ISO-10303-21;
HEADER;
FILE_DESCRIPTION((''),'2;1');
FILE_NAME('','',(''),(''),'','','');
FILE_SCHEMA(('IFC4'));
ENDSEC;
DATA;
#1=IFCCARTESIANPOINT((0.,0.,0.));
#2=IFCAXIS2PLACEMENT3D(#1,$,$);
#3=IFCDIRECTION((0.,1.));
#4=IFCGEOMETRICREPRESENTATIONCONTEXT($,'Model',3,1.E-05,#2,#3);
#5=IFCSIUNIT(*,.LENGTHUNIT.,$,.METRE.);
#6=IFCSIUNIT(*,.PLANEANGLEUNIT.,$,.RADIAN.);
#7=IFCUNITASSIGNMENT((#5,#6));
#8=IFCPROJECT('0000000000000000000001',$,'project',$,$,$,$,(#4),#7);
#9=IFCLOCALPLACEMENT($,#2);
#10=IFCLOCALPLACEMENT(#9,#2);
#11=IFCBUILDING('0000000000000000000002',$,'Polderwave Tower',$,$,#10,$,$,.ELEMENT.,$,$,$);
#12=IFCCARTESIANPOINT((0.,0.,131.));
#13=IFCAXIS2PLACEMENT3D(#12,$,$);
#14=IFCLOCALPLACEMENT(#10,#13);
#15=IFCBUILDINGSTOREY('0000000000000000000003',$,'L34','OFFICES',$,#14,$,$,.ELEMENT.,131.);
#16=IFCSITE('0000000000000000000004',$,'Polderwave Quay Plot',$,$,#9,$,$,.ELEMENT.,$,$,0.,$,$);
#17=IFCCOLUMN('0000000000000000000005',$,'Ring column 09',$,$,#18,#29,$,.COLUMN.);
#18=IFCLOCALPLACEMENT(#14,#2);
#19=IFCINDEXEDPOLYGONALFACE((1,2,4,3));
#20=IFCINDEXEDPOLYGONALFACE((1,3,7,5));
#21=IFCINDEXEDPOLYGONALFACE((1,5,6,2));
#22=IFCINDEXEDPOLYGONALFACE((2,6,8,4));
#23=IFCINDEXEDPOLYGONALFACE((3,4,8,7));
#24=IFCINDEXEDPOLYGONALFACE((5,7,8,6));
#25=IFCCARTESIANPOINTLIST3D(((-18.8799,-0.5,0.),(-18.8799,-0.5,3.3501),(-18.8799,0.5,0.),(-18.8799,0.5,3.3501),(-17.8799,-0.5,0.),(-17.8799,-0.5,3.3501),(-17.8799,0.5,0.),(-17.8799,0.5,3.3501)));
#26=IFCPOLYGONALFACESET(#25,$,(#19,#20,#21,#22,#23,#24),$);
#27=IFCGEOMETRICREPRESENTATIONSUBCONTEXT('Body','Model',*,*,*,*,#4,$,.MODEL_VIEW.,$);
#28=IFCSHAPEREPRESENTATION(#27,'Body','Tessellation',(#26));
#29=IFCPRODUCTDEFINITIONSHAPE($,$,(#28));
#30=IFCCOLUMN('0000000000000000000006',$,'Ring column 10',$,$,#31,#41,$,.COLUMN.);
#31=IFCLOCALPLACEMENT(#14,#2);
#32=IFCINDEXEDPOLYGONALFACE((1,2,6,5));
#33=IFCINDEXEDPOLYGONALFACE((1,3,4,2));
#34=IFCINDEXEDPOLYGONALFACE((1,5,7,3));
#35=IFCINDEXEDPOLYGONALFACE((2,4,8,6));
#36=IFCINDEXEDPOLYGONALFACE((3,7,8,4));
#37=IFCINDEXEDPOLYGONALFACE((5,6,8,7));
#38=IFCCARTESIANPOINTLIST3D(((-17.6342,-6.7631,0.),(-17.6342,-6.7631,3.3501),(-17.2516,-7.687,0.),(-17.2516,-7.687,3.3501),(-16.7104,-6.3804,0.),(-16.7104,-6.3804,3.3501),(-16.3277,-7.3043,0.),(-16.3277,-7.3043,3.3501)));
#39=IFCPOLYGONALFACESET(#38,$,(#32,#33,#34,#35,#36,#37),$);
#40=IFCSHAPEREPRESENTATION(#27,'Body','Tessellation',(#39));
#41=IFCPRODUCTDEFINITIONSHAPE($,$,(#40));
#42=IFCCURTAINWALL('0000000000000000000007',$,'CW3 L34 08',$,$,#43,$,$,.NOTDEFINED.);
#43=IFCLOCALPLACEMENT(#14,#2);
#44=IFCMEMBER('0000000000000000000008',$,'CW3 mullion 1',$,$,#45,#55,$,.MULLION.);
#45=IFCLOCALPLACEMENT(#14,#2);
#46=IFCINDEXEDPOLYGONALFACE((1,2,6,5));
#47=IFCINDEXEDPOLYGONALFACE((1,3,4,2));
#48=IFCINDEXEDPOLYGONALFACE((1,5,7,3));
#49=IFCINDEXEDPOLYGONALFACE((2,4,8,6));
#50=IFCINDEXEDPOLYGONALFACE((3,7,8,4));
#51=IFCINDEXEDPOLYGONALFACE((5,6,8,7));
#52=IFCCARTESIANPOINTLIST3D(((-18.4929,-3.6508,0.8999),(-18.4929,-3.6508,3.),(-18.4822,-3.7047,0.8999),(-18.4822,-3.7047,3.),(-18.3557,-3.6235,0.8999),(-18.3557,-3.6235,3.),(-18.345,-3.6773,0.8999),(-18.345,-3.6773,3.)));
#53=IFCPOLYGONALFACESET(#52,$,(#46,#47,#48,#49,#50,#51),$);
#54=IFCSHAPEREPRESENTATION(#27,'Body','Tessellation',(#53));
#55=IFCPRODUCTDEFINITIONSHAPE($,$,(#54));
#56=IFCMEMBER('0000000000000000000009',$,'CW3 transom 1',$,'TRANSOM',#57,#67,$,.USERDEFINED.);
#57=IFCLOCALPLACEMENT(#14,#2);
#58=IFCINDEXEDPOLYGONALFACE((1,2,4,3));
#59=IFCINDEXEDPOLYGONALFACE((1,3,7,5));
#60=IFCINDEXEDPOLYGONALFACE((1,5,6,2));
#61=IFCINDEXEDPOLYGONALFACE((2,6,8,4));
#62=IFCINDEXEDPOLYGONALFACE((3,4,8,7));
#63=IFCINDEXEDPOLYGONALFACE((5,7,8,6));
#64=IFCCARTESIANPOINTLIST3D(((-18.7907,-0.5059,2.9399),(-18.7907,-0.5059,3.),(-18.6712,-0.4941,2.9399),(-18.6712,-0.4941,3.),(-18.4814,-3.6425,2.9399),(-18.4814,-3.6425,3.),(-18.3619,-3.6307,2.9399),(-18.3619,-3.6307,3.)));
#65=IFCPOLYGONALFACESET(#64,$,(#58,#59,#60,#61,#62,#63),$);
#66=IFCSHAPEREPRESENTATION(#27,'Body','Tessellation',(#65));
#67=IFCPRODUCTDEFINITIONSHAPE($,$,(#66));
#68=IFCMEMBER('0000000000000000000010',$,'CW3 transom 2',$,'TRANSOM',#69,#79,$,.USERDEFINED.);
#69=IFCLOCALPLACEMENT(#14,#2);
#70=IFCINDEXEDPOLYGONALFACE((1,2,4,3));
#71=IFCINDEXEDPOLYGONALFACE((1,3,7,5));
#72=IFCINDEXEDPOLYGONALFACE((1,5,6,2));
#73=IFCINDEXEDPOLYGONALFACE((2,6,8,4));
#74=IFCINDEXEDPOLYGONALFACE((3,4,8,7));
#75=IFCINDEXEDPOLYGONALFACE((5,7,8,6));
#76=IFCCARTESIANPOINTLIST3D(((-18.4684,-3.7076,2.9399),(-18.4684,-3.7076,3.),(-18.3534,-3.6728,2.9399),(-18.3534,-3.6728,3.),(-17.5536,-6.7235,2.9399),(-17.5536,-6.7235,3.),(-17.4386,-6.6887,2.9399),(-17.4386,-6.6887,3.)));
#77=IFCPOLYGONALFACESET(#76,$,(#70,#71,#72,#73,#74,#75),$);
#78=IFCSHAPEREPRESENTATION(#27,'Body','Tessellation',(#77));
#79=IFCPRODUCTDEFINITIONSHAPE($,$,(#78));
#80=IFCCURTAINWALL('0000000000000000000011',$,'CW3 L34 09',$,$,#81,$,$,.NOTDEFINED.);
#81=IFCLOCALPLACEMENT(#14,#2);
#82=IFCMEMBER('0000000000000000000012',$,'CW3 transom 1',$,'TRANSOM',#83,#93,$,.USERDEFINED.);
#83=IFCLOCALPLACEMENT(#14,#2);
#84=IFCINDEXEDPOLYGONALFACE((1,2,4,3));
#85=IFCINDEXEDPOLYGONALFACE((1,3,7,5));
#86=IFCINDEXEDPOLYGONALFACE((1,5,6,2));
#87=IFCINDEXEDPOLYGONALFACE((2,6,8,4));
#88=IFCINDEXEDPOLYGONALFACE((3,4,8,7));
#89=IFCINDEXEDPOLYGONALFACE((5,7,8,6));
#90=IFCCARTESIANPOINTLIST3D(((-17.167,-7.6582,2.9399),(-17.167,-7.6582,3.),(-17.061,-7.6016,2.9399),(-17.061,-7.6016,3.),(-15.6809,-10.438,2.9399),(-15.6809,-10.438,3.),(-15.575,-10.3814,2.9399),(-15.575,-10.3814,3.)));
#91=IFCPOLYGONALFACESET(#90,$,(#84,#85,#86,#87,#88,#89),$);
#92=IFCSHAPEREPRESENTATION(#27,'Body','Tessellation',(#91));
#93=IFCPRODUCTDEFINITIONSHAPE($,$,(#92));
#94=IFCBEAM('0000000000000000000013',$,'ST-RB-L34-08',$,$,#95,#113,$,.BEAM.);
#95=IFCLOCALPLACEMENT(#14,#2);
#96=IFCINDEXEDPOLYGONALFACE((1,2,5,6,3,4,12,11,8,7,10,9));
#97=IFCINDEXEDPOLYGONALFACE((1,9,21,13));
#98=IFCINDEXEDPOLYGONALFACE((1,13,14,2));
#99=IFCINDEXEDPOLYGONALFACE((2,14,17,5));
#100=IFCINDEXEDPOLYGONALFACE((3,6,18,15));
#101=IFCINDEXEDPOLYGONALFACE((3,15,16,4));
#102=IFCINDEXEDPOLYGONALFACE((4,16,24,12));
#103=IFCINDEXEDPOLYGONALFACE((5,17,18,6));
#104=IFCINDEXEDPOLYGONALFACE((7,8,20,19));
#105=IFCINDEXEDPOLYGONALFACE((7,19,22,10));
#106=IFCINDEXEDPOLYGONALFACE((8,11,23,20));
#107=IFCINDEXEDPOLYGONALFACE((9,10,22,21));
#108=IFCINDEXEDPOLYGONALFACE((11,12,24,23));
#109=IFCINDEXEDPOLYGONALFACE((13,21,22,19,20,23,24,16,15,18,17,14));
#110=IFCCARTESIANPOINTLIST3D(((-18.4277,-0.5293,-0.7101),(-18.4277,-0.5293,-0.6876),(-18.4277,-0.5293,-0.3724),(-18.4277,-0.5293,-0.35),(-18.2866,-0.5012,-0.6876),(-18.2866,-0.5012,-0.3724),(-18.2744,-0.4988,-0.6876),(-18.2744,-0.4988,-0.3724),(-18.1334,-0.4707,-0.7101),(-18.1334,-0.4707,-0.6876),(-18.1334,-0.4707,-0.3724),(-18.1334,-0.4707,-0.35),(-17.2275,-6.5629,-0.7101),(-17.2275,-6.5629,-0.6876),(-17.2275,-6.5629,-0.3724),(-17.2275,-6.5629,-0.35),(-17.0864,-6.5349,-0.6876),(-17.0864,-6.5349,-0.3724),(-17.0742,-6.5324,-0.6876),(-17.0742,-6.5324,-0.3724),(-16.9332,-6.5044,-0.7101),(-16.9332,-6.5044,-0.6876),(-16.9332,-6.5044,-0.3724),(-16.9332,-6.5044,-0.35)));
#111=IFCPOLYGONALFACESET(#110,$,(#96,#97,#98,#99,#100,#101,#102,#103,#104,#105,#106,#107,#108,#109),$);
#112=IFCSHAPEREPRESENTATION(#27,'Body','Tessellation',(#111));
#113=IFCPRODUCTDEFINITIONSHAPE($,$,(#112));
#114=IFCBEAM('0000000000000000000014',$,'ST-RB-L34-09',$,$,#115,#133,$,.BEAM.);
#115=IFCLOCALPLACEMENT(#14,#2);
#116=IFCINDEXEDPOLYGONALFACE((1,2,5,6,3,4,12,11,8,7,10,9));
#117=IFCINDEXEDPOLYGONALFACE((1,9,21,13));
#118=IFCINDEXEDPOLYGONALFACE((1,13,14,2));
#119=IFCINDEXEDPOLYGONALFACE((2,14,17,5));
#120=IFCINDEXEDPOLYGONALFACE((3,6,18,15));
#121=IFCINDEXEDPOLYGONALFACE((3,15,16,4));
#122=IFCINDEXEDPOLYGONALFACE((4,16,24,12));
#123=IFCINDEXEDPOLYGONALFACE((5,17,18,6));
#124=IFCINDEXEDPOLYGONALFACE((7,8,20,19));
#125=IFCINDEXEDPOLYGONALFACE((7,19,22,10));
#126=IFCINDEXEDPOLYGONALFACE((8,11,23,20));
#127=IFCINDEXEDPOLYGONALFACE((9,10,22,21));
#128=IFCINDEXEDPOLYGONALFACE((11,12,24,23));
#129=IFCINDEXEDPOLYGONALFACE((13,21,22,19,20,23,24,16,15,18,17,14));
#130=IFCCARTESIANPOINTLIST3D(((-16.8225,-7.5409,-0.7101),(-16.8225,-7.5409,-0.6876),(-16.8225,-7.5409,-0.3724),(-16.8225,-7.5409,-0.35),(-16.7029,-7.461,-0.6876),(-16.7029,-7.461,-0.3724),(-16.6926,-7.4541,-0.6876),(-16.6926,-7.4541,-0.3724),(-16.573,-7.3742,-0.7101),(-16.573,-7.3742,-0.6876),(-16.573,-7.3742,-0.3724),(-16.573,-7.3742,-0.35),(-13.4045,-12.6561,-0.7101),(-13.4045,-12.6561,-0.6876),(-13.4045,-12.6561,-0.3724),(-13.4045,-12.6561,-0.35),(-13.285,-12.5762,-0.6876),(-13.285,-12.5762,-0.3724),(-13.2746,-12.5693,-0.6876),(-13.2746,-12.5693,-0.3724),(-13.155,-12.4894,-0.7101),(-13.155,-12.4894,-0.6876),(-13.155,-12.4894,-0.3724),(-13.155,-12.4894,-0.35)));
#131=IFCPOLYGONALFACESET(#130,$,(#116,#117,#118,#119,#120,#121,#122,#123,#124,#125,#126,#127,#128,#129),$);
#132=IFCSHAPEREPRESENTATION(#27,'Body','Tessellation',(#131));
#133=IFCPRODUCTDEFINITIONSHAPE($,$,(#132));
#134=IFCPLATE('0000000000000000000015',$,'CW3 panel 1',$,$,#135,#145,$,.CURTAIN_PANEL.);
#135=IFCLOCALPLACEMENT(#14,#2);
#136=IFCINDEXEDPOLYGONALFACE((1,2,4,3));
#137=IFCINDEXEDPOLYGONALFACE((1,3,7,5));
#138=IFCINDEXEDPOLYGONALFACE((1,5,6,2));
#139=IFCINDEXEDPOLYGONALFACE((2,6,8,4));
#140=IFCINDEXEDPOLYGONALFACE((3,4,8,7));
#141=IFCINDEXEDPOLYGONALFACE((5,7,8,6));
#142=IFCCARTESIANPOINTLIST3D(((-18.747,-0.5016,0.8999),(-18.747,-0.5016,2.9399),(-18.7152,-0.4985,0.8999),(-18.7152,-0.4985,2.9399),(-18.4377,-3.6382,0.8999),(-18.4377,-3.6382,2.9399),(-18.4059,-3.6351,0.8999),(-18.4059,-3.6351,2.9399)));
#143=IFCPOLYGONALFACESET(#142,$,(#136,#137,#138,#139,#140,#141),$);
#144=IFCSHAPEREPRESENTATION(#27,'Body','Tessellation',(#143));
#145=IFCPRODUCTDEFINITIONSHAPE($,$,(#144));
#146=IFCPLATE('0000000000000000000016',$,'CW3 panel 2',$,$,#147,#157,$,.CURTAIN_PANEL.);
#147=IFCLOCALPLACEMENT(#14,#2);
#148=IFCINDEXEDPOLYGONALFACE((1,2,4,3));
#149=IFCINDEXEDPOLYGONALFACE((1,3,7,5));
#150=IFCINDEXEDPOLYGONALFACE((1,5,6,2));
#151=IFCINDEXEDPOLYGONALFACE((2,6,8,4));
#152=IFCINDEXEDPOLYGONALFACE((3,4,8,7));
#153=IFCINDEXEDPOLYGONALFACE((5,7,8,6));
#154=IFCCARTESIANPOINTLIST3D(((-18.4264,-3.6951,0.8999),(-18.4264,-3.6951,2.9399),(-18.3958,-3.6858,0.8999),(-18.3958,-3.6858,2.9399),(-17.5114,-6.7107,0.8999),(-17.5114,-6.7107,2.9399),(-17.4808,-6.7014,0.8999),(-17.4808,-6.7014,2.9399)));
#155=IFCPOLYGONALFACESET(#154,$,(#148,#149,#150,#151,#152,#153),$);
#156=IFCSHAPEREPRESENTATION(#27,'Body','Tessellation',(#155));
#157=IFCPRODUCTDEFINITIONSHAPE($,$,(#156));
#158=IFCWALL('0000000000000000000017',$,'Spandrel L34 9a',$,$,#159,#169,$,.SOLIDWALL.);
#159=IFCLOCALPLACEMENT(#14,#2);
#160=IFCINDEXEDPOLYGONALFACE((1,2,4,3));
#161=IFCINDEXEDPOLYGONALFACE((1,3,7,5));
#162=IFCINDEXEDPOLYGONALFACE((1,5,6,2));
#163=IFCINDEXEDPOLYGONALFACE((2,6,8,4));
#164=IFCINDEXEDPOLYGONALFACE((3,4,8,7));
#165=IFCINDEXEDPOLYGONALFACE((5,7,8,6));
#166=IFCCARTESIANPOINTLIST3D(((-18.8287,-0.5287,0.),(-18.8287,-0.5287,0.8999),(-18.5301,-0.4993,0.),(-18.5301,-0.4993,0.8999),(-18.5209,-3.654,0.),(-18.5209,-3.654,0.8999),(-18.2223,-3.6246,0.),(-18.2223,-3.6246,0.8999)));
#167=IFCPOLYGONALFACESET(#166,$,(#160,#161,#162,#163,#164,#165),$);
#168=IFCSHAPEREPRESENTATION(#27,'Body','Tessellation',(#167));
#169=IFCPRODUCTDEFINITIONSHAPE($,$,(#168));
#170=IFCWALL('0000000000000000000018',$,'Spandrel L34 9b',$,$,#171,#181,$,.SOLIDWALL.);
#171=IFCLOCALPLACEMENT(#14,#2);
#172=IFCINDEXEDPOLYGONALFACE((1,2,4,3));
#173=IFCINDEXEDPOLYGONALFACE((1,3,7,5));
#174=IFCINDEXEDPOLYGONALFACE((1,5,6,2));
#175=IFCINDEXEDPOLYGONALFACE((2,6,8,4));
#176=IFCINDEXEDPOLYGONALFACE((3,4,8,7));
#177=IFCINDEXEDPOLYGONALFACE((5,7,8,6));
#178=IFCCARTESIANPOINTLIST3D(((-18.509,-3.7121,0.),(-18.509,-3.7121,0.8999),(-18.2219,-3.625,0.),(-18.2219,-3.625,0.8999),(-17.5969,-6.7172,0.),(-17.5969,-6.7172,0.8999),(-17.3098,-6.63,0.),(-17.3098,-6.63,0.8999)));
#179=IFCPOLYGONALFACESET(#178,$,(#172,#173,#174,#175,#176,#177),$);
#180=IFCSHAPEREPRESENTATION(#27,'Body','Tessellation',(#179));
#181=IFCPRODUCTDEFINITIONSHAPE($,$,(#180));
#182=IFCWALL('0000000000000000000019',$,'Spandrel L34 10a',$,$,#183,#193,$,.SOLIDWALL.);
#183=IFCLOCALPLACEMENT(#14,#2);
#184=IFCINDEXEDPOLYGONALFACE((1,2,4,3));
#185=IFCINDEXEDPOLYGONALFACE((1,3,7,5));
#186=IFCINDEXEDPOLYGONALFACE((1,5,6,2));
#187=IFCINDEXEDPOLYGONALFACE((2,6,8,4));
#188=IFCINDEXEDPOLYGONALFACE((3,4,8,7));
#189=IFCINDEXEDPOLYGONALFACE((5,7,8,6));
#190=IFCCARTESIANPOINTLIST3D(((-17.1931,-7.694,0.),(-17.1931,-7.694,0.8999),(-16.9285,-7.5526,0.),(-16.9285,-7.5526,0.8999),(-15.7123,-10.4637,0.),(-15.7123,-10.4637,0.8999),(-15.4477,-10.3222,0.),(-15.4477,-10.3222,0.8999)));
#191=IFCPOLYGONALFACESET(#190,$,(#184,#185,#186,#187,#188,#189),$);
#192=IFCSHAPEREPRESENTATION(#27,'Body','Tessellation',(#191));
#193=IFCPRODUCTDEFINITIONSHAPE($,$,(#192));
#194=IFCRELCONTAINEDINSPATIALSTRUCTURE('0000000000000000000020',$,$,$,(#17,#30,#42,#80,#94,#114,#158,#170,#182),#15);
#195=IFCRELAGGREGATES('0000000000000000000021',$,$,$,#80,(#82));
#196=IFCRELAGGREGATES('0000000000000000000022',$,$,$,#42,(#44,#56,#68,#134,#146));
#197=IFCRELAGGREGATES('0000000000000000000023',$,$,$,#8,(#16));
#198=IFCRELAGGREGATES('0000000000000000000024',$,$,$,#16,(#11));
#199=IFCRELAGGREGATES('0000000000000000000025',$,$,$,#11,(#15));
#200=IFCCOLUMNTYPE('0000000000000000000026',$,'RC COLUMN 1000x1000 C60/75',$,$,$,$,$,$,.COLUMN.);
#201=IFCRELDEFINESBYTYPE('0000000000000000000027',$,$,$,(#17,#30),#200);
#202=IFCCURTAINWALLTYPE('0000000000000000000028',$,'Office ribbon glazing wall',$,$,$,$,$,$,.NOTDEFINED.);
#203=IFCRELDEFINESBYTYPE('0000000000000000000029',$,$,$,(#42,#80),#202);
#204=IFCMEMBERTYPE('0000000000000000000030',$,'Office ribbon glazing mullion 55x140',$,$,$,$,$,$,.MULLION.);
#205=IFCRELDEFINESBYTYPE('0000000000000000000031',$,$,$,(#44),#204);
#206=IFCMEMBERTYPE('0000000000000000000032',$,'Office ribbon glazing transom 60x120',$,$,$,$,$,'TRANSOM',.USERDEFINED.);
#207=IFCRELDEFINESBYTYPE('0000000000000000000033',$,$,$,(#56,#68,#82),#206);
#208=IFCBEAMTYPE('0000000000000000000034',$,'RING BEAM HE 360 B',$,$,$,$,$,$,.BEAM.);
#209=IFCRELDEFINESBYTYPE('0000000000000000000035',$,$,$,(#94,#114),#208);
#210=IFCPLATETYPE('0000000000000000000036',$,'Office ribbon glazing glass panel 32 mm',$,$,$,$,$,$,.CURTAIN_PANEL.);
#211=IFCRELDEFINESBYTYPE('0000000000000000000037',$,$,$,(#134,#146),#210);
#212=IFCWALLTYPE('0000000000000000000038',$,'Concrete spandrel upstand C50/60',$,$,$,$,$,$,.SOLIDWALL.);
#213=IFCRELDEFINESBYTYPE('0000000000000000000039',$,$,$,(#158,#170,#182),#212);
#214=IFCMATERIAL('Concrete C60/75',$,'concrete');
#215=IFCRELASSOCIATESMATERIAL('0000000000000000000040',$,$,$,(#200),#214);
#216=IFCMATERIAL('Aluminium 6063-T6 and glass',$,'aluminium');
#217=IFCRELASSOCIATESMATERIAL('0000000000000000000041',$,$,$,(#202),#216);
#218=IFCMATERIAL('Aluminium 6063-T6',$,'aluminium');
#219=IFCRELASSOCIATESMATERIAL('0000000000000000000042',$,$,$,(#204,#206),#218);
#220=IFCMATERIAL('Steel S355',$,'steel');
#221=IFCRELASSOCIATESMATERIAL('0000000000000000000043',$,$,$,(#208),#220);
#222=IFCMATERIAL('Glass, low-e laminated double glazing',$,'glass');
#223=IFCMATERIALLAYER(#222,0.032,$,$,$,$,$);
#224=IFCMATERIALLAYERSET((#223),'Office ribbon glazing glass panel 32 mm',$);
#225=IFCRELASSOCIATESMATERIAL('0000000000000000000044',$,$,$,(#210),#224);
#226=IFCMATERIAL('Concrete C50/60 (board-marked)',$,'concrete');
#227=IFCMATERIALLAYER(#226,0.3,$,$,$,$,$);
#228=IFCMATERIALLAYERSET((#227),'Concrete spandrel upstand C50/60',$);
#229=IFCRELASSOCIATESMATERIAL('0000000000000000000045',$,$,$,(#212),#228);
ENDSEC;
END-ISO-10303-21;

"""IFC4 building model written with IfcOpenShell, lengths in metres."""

from ifc_helpers import new_model, si_unit, direction, frame, frame_2d, origin, origin_2d, place, context, subcontext, project, spatial, rectangle, i_section, extrude, material, layer, layer_set, material_profile, profile_set, type_object, element, aggregate, save


model = new_model("IFC4")

# Units and contexts
model_context = context("Model", 3, precision=1e-05, world=origin(), true_north=direction((0.0, 1.0)))
body_context = subcontext(model_context, "Body", "Model", "MODEL_VIEW")
ifc_project = project(units=[si_unit("LENGTHUNIT", "METRE"), si_unit("PLANEANGLEUNIT", "RADIAN")], contexts=[model_context])

# Site, building, storey
site_placement = place(None, origin())
site = spatial("IfcSite", under=ifc_project, at=site_placement, Name="Polderwave Quay Plot", CompositionType="ELEMENT", RefElevation=0.0)
building_placement = place(site_placement, origin())
building = spatial("IfcBuilding", under=site, at=building_placement, Name="Polderwave Tower", CompositionType="ELEMENT")
storey_placement = place(building_placement, frame((0.0, 0.0, 131.0)))
storey = spatial("IfcBuildingStorey", under=building, at=storey_placement, Name="L34", Description="OFFICES", CompositionType="ELEMENT", Elevation=131.0)

# Columns
ifc_material_1 = material(Name="Concrete C60/75", Category="concrete")
ifc_material_profile_1 = material_profile(ifc_material_1, rectangle(XDim=1.0, YDim=1.0, at=origin_2d()), Name="RC 1000x1000")
ifc_profile_set_1 = profile_set([ifc_material_profile_1], Name="Concrete C60/75")
column_type = type_object("IfcColumnType", Name="RC COLUMN 1000x1000 C60/75", PredefinedType="COLUMN", material=ifc_profile_set_1)
for number, where, z_axis, x_axis, name in (
    (1, (-18.3799, 0.0, 0.0), (0.0, 0.0, 1.0), (-1.0, 0.0, 0.0), "Ring column 09"),
    (2, (-16.981, -7.0337, 0.0), (0.0, 0.0, 1.0), (-0.92388, -0.382683, 0.0), "Ring column 10"),
):
    element("IfcColumn", number, at=place(storey_placement, frame(where, z_axis=z_axis, x_axis=x_axis)), inside=storey, type_object=column_type, Name=name, PredefinedType="COLUMN", context=body_context, shape_type="SweptSolid", body=[
        extrude(rectangle(XDim=1.0, YDim=1.0, at=origin_2d()), origin(), (0.0, 0.0, 1.0), 3.3501),
    ])

# Curtain wall, members
ifc_material_2 = material(Name="Aluminium 6063-T6 and glass", Category="aluminium")
curtain_wall_type = type_object("IfcCurtainWallType", Name="Office ribbon glazing wall", PredefinedType="NOTDEFINED", material=ifc_material_2)
curtain_wall_1_placement = place(storey_placement, origin())
curtain_wall_1 = element("IfcCurtainWall", 3, at=curtain_wall_1_placement, inside=storey, type_object=curtain_wall_type, Name="CW3 L34 08", PredefinedType="NOTDEFINED")
ifc_material_3 = material(Name="Aluminium 6063-T6", Category="aluminium")
ifc_material_profile_2 = material_profile(ifc_material_3, rectangle(XDim=0.1399, YDim=0.0549, at=origin_2d()), Name="AL 55x140")
ifc_profile_set_2 = profile_set([ifc_material_profile_2], Name="Aluminium 6063-T6")
member_type_1 = type_object("IfcMemberType", Name="Office ribbon glazing mullion 55x140", PredefinedType="MULLION", material=ifc_profile_set_2)
member_1_placement = place(storey_placement, frame((-18.4189, -3.6641, 0.8999), z_axis=(0.0, 0.0, 1.0), x_axis=(0.980768, 0.195179, 0.0)))
member_1 = element("IfcMember", 4, at=member_1_placement, type_object=member_type_1, Name="CW3 mullion 1", PredefinedType="MULLION", context=body_context, shape_type="SweptSolid", body=[
    extrude(rectangle(XDim=0.1399, YDim=0.0549, at=origin_2d()), origin(), (0.0, 0.0, 1.0), 2.1001),
])
ifc_material_profile_3 = material_profile(ifc_material_3, rectangle(XDim=0.1201, YDim=0.0601, at=origin_2d()), Name="AL 60x120")
ifc_profile_set_3 = profile_set([ifc_material_profile_3], Name="Aluminium 6063-T6")
member_type_2 = type_object("IfcMemberType", Name="Office ribbon glazing transom 60x120", ElementType="TRANSOM", PredefinedType="USERDEFINED", material=ifc_profile_set_3)
member_2_placement = place(storey_placement, frame((-18.731, -0.5, 2.97), z_axis=(0.098139, -0.995173, 0.0), x_axis=(0.995173, 0.098139, 0.0)))
member_2 = element("IfcMember", 5, at=member_2_placement, type_object=member_type_2, Name="CW3 transom 1", ObjectType="TRANSOM", PredefinedType="USERDEFINED", context=body_context, shape_type="SweptSolid", body=[
    extrude(rectangle(XDim=0.1201, YDim=0.0601, at=origin_2d()), origin(), (0.0, 0.0, 1.0), 3.1519),
])
member_3_placement = place(storey_placement, frame((-18.4109, -3.6902, 2.97), z_axis=(0.290268, -0.956946, 0.0), x_axis=(0.956946, 0.290268, 0.0)))
member_3 = element("IfcMember", 6, at=member_3_placement, type_object=member_type_2, Name="CW3 transom 2", ObjectType="TRANSOM", PredefinedType="USERDEFINED", context=body_context, shape_type="SweptSolid", body=[
    extrude(rectangle(XDim=0.1201, YDim=0.0601, at=origin_2d()), origin(), (0.0, 0.0, 1.0), 3.1516),
])

# Curtain wall, member
curtain_wall_2_placement = place(storey_placement, origin())
curtain_wall_2 = element("IfcCurtainWall", 7, at=curtain_wall_2_placement, inside=storey, type_object=curtain_wall_type, Name="CW3 L34 09", PredefinedType="NOTDEFINED")
member_4_placement = place(storey_placement, frame((-17.114, -7.6299, 2.97), z_axis=(0.47146, -0.881887, 0.0), x_axis=(0.881887, 0.47146, 0.0)))
member_4 = element("IfcMember", 8, at=member_4_placement, type_object=member_type_2, Name="CW3 transom 1", ObjectType="TRANSOM", PredefinedType="USERDEFINED", context=body_context, shape_type="SweptSolid", body=[
    extrude(rectangle(XDim=0.1201, YDim=0.0601, at=origin_2d()), origin(), (0.0, 0.0, 1.0), 3.1521),
])
aggregate(curtain_wall_2, [member_4])

# Beams
ifc_material_4 = material(Name="Steel S355", Category="steel")
ifc_material_profile_4 = material_profile(ifc_material_4, i_section(OverallWidth=0.3, OverallDepth=0.3601, WebThickness=0.0125, FlangeThickness=0.0225, at=origin_2d()), Name="HE 360 B")
ifc_profile_set_4 = profile_set([ifc_material_profile_4], Name="Steel S355")
beam_type = type_object("IfcBeamType", Name="RING BEAM HE 360 B", PredefinedType="BEAM", material=ifc_profile_set_4)
beam_1_placement = place(storey_placement, frame((-18.2805, -0.5, -0.53), z_axis=(0.195093, -0.980785, 0.0), x_axis=(0.980785, 0.195093, 0.0)))
element("IfcBeam", 9, at=beam_1_placement, inside=storey, type_object=beam_type, Name="ST-RB-L34-08", PredefinedType="BEAM", context=body_context, shape_type="SweptSolid", body=[
    extrude(i_section(OverallWidth=0.3, OverallDepth=0.3601, WebThickness=0.0125, FlangeThickness=0.0225, at=origin_2d()), origin(), (0.0, 0.0, 1.0), 6.1519),
])
beam_2_placement = place(storey_placement, frame((-16.6978, -7.4575, -0.53), z_axis=(0.555579, -0.831464, 0.0), x_axis=(0.831464, 0.555579, 0.0)))
element("IfcBeam", 10, at=beam_2_placement, inside=storey, type_object=beam_type, Name="ST-RB-L34-09", PredefinedType="BEAM", context=body_context, shape_type="SweptSolid", body=[
    extrude(i_section(OverallWidth=0.3, OverallDepth=0.3601, WebThickness=0.0125, FlangeThickness=0.0225, at=origin_2d()), origin(), (0.0, 0.0, 1.0), 6.1521),
])

# Plates
ifc_material_5 = material(Name="Glass, low-e laminated double glazing", Category="glass")
ifc_layer_1 = layer(ifc_material_5, 0.032)
ifc_layer_set_1 = layer_set([ifc_layer_1], Name="Office ribbon glazing glass panel 32 mm")
plate_type = type_object("IfcPlateType", Name="Office ribbon glazing glass panel 32 mm", PredefinedType="CURTAIN_PANEL", material=ifc_layer_set_1)
plate_1_placement = place(storey_placement, frame((-18.5764, -2.0684, 0.8999), z_axis=(0.0, 0.0, 1.0), x_axis=(0.098134, -0.995173, 0.0)))
plate_1 = element("IfcPlate", 11, at=plate_1_placement, type_object=plate_type, Name="CW3 panel 1", PredefinedType="CURTAIN_PANEL", context=body_context, shape_type="SweptSolid", body=[
    extrude(rectangle(XDim=3.1519, YDim=0.032, at=origin_2d()), origin(), (0.0, 0.0, 1.0), 2.04),
])
plate_2_placement = place(storey_placement, frame((-17.9536, -5.1982, 0.8999), z_axis=(0.0, 0.0, 1.0), x_axis=(0.290348, -0.956921, 0.0)))
plate_2 = element("IfcPlate", 12, at=plate_2_placement, type_object=plate_type, Name="CW3 panel 2", PredefinedType="CURTAIN_PANEL", context=body_context, shape_type="SweptSolid", body=[
    extrude(rectangle(XDim=3.1514, YDim=0.032, at=origin_2d()), origin(), (0.0, 0.0, 1.0), 2.04),
])
aggregate(curtain_wall_1, [member_1, member_2, member_3, plate_1, plate_2])

# Walls
ifc_material_6 = material(Name="Concrete C50/60 (board-marked)", Category="concrete")
ifc_layer_2 = layer(ifc_material_6, 0.3)
ifc_layer_set_2 = layer_set([ifc_layer_2], Name="Concrete spandrel upstand C50/60")
wall_type_1 = type_object("IfcWallType", Name="Concrete spandrel upstand C50/60", PredefinedType="SOLIDWALL", material=ifc_layer_set_2)
for number, where, z_axis, x_axis, name in (
    (13, (-18.6794, -0.5139, 0.0), (0.0, 0.0, 1.0), (0.098033, -0.995183, 0.0), "Spandrel L34 9a"),
    (14, (-18.3655, -3.6685, 0.0), (0.0, 0.0, 1.0), (0.290435, -0.956895, 0.0), "Spandrel L34 9b"),
):
    element("IfcWall", number, at=place(storey_placement, frame(where, z_axis=z_axis, x_axis=x_axis)), inside=storey, type_object=wall_type_1, Name=name, PredefinedType="SOLIDWALL", context=body_context, shape_type="SweptSolid", body=[
        extrude(rectangle(XDim=3.1404, YDim=0.3, at=frame_2d((1.5703, 0.0))), origin(), (0.0, 0.0, 1.0), 0.8999),
    ])
wall_1_placement = place(storey_placement, frame((-17.0608, -7.6233, 0.0), z_axis=(0.0, 0.0, 1.0), x_axis=(0.471488, -0.881873, 0.0)))
element("IfcWall", 15, at=wall_1_placement, inside=storey, type_object=wall_type_1, Name="Spandrel L34 10a", PredefinedType="SOLIDWALL", context=body_context, shape_type="SweptSolid", body=[
    extrude(rectangle(XDim=3.1406, YDim=0.3, at=frame_2d((1.5703, 0.0))), origin(), (0.0, 0.0, 1.0), 0.8999),
])

save(model, "model.ifc")
